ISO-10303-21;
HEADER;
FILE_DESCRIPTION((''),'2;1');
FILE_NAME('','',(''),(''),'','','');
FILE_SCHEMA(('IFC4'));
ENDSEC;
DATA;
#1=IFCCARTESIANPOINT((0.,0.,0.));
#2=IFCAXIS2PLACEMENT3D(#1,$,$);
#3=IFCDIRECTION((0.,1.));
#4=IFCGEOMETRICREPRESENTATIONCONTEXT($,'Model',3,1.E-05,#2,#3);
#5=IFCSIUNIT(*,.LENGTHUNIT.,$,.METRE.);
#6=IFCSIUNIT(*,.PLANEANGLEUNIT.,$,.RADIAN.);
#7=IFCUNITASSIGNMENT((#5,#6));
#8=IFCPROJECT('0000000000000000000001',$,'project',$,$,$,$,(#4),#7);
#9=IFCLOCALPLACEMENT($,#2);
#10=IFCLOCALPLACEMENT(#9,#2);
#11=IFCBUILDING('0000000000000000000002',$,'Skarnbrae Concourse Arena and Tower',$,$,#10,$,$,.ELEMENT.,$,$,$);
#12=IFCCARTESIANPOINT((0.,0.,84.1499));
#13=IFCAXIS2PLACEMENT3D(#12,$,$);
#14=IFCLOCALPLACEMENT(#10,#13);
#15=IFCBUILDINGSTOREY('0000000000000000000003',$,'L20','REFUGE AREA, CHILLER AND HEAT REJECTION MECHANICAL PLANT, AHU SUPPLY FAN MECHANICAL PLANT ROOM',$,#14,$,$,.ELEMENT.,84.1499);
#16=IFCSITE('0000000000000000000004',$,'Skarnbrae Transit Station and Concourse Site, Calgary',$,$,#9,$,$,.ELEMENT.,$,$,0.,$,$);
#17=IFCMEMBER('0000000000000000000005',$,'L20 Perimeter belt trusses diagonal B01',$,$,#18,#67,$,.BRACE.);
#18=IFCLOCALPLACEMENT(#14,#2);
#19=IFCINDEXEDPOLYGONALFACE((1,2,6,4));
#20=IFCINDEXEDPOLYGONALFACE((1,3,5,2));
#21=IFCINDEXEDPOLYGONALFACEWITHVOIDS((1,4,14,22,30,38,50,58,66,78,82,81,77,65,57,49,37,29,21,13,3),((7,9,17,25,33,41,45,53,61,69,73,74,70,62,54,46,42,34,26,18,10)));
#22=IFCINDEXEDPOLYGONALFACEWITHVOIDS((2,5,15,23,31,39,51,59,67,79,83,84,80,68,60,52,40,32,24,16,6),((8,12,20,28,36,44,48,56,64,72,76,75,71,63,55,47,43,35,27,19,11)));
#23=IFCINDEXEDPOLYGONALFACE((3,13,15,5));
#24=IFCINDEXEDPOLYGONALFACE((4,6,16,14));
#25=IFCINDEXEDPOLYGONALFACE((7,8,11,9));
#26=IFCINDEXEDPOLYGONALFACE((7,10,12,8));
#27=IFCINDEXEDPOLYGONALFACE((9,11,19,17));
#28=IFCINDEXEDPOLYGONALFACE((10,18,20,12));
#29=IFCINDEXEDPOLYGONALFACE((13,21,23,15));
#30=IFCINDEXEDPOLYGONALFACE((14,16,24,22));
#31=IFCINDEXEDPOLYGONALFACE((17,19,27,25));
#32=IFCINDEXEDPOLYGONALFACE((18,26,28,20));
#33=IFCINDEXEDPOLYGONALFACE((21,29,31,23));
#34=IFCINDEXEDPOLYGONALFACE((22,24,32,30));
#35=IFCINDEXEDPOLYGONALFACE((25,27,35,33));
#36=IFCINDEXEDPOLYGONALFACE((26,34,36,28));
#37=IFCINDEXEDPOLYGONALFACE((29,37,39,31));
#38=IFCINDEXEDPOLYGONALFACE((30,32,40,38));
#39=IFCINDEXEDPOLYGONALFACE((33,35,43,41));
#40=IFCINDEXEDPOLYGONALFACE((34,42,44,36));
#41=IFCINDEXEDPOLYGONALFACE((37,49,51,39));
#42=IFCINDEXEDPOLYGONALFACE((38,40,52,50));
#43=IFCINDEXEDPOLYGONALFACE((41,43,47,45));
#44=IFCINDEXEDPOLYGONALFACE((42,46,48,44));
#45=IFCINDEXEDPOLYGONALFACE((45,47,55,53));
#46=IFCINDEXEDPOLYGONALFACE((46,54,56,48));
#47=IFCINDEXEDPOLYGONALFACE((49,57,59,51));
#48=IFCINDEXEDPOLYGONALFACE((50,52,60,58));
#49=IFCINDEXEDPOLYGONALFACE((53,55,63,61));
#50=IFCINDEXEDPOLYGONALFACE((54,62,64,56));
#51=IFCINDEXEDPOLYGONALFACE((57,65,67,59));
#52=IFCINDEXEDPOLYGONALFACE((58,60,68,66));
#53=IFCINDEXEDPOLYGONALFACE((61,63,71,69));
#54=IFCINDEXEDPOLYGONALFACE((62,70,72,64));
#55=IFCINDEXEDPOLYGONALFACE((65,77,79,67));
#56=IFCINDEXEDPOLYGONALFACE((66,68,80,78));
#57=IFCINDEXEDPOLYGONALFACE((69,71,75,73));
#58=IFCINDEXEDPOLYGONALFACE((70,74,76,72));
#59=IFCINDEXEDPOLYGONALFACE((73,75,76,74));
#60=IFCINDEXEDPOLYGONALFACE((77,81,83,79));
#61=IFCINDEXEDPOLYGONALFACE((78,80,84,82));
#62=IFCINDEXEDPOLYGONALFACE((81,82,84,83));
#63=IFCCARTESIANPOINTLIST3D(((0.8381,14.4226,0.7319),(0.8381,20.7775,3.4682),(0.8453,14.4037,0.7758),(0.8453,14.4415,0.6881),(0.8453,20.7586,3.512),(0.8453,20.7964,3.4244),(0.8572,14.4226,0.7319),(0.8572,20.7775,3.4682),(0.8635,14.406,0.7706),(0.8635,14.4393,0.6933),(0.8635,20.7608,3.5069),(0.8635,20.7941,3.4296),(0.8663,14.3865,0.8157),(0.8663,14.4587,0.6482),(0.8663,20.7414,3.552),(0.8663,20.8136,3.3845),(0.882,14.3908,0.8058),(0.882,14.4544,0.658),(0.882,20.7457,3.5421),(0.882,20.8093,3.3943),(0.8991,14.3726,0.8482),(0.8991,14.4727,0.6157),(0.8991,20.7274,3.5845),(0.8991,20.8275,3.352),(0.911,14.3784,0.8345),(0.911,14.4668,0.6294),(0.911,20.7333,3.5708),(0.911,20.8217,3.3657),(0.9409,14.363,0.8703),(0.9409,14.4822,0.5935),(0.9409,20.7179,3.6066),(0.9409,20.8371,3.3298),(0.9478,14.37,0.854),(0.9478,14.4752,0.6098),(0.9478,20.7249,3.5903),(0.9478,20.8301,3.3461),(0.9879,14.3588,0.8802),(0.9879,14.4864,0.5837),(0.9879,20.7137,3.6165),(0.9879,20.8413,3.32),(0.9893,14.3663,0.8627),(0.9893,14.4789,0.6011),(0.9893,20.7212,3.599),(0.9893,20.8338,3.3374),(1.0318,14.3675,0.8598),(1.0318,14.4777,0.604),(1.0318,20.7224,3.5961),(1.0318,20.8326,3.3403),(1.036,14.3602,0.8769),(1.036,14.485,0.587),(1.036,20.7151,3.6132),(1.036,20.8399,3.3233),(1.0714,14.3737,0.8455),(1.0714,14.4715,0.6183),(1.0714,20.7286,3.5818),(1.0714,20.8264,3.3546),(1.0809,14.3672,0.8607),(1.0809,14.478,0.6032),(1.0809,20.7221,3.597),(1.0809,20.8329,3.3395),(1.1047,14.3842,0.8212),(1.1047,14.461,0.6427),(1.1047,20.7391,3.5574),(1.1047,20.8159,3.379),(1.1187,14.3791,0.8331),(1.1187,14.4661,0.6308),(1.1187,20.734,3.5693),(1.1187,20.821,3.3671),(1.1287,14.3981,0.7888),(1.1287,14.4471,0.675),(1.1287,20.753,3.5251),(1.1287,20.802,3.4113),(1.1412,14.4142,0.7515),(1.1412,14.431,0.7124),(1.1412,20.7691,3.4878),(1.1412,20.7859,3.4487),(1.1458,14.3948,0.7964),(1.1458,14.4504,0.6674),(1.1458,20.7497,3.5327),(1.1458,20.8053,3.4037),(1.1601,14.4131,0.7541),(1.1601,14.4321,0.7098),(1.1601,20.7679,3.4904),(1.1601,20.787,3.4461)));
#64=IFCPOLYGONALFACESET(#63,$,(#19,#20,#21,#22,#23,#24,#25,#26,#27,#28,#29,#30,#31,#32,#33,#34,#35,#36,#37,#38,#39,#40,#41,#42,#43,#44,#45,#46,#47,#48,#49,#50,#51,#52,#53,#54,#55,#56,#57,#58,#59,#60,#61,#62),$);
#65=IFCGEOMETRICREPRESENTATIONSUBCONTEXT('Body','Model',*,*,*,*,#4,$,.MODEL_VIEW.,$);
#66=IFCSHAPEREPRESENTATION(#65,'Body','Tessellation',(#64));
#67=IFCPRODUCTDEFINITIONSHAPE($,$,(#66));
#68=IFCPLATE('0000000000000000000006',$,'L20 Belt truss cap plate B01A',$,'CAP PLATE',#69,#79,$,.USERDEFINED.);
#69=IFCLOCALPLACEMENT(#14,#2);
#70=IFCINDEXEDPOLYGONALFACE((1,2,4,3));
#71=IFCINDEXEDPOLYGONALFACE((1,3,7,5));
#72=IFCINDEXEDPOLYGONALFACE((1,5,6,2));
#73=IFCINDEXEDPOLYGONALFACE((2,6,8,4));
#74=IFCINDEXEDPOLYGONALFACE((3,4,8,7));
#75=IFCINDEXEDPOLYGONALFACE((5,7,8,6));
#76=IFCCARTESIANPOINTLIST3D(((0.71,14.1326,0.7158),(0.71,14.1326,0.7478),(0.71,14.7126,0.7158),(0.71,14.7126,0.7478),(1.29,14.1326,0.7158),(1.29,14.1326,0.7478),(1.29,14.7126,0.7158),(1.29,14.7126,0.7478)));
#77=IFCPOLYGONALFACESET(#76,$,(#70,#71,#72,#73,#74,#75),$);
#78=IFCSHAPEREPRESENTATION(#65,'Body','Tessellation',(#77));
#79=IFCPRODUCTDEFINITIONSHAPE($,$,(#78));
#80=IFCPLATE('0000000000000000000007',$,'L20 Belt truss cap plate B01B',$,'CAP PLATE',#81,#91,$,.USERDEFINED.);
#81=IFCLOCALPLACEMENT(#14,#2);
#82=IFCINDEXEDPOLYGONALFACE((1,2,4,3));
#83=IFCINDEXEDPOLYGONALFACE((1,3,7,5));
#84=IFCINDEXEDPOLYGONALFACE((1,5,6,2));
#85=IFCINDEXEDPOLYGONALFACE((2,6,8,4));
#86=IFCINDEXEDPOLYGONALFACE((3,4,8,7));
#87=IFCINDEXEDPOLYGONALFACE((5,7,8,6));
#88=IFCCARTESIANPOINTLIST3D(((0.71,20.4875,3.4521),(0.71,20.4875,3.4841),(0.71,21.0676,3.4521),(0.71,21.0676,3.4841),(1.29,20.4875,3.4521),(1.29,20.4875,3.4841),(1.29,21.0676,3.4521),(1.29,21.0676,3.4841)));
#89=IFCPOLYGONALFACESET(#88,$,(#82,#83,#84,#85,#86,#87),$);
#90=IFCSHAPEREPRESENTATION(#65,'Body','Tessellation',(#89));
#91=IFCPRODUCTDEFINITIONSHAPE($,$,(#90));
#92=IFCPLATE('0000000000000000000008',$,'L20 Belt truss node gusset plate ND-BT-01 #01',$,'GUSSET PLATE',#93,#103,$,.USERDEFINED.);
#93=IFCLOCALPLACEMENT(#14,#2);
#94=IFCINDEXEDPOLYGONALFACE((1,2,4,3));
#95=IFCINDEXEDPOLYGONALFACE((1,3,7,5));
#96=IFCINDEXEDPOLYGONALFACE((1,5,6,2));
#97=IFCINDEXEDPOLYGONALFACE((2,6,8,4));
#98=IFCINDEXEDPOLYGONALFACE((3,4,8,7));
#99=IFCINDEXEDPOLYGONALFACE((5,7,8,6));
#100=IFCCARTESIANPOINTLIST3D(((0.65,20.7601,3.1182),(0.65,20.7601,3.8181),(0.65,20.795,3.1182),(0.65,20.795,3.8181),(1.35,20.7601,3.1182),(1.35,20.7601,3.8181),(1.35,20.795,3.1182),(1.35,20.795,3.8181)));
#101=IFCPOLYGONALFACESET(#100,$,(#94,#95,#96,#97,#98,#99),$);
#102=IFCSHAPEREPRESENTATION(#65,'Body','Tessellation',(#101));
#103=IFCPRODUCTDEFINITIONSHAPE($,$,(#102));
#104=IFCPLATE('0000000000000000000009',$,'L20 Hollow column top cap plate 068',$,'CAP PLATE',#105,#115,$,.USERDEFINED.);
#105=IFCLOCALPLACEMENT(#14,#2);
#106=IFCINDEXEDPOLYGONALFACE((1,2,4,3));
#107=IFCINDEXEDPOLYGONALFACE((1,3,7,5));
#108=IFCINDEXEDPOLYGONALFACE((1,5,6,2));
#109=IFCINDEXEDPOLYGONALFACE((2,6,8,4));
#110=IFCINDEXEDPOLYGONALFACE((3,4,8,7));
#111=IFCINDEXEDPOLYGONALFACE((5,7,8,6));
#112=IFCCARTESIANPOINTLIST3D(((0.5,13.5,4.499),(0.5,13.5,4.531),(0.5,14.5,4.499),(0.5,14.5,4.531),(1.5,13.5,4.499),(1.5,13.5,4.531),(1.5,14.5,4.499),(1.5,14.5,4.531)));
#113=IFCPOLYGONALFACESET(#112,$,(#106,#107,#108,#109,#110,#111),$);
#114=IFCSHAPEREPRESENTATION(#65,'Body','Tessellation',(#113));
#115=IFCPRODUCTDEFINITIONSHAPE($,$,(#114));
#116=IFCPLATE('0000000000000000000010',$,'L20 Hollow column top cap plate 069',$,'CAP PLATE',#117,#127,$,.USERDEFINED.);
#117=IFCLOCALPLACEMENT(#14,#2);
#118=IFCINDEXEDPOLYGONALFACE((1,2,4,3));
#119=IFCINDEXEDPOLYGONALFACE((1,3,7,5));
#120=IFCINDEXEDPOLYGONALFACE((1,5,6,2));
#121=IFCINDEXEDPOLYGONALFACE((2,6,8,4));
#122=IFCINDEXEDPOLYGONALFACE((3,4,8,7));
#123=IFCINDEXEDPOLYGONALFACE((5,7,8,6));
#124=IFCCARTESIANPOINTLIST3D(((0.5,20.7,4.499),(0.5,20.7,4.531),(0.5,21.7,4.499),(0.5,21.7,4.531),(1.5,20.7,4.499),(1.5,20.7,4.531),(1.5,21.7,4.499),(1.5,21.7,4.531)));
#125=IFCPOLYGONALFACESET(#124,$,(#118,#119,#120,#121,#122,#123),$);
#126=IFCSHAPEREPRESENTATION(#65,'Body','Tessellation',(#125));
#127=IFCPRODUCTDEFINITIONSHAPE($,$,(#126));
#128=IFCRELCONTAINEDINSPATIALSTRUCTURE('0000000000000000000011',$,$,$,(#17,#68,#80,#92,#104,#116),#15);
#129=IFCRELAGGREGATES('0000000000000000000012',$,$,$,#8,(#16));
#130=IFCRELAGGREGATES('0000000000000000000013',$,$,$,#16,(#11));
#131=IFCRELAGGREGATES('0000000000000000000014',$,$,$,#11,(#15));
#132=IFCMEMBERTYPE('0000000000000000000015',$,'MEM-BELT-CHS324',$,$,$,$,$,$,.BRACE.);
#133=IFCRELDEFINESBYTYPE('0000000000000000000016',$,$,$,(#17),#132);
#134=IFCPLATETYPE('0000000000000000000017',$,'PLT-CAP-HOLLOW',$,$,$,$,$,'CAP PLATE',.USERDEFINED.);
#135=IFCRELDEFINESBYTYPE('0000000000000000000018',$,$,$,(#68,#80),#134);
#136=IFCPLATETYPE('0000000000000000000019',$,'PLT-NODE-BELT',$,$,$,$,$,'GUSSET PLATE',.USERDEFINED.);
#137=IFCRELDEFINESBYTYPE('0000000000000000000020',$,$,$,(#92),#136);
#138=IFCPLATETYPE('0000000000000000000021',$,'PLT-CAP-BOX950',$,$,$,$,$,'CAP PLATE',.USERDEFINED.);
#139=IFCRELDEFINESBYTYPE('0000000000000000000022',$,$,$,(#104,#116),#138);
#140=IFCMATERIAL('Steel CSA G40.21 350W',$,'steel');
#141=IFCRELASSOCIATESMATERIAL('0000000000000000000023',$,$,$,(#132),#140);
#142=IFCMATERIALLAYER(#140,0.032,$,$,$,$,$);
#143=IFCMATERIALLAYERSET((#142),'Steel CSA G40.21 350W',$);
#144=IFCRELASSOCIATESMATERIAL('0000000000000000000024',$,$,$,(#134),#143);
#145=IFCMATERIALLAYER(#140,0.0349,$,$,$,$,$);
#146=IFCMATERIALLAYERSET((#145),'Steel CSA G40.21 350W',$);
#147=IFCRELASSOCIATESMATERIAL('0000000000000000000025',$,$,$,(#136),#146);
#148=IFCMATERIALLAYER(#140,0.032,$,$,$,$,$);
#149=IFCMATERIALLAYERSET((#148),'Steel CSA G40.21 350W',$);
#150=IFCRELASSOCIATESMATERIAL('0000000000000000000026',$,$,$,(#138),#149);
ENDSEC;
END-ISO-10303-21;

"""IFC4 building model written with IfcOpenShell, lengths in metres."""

from ifc_helpers import new_model, si_unit, direction, frame, origin, origin_2d, place, context, subcontext, project, spatial, rectangle, hollow_circle, extrude, source, transform, mapped, material, layer, layer_set, material_profile, profile_set, type_object, element, save


model = new_model("IFC4")

# Units and contexts
model_context = context("Model", 3, precision=1e-05, world=origin(), true_north=direction((0.0, 1.0)))
body_context = subcontext(model_context, "Body", "Model", "MODEL_VIEW")
ifc_project = project(units=[si_unit("LENGTHUNIT", "METRE"), si_unit("PLANEANGLEUNIT", "RADIAN")], contexts=[model_context])

# Site, building, storey
site_placement = place(None, origin())
site = spatial("IfcSite", under=ifc_project, at=site_placement, Name="Skarnbrae Transit Station and Concourse Site, Calgary", CompositionType="ELEMENT", RefElevation=0.0)
building_placement = place(site_placement, origin())
building = spatial("IfcBuilding", under=site, at=building_placement, Name="Skarnbrae Concourse Arena and Tower", CompositionType="ELEMENT")
storey_placement = place(building_placement, frame((0.0, 0.0, 84.1499)))
storey = spatial("IfcBuildingStorey", under=building, at=storey_placement, Name="L20", Description="REFUGE AREA, CHILLER AND HEAT REJECTION MECHANICAL PLANT, AHU SUPPLY FAN MECHANICAL PLANT ROOM", CompositionType="ELEMENT", Elevation=84.1499)

# Shared definitions
ifc_material_1 = material(Name="Steel CSA G40.21 350W", Category="steel")

# Member
ifc_material_profile_1 = material_profile(ifc_material_1, hollow_circle(Radius=0.1619, WallThickness=0.019, at=origin_2d()), Name="HSS324X19.0")
ifc_profile_set_1 = profile_set([ifc_material_profile_1], Name="Steel CSA G40.21 350W")
member_type = type_object("IfcMemberType", Name="MEM-BELT-CHS324", PredefinedType="BRACE", material=ifc_profile_set_1)
shared_shape_1 = source(origin(), body_context, "Body", "SweptSolid", [
    extrude(hollow_circle(Radius=0.1619, WallThickness=0.019, at=origin_2d()), origin(), (0.0, 0.0, 1.0), 6.9189),
])
member_placement = place(storey_placement, frame((1.0, 14.4226, 0.7319), z_axis=(0.0, 0.918476, 0.395477), x_axis=(-1.0, 0.0, 0.0)))
element("IfcMember", 1, at=member_placement, inside=storey, type_object=member_type, Name="L20 Perimeter belt trusses diagonal B01", PredefinedType="BRACE", context=body_context, shape_type="MappedRepresentation", body=[
    mapped(shared_shape_1, transform((0.0, 0.0, 0.0))),
])

# Plates
ifc_layer_1 = layer(ifc_material_1, 0.032)
ifc_layer_set_1 = layer_set([ifc_layer_1], Name="Steel CSA G40.21 350W")
plate_type_1 = type_object("IfcPlateType", Name="PLT-CAP-HOLLOW", ElementType="CAP PLATE", PredefinedType="USERDEFINED", material=ifc_layer_set_1)
shared_shape_2 = source(origin(), body_context, "Body", "SweptSolid", [
    extrude(rectangle(XDim=0.5801, YDim=0.5801, at=origin_2d()), origin(), (0.0, 0.0, 1.0), 0.032),
])
for number, where, z_axis, x_axis, name in (
    (2, (1.0, 14.4226, 0.7158), (0.0, 0.0, 1.0), (1.0, 0.0, 0.0), "L20 Belt truss cap plate B01A"),
    (3, (1.0, 20.7776, 3.4521), (0.0, 0.0, 1.0), (1.0, 0.0, 0.0), "L20 Belt truss cap plate B01B"),
):
    element("IfcPlate", number, at=place(storey_placement, frame(where, z_axis=z_axis, x_axis=x_axis)), inside=storey, type_object=plate_type_1, Name=name, ObjectType="CAP PLATE", PredefinedType="USERDEFINED", context=body_context, shape_type="MappedRepresentation", body=[
        mapped(shared_shape_2, transform((0.0, 0.0, 0.0))),
    ])
ifc_layer_2 = layer(ifc_material_1, 0.0349)
ifc_layer_set_2 = layer_set([ifc_layer_2], Name="Steel CSA G40.21 350W")
plate_type_2 = type_object("IfcPlateType", Name="PLT-NODE-BELT", ElementType="GUSSET PLATE", PredefinedType="USERDEFINED", material=ifc_layer_set_2)
shared_shape_3 = source(origin(), body_context, "Body", "SweptSolid", [
    extrude(rectangle(XDim=0.7, YDim=0.0349, at=origin_2d()), origin(), (0.0, 0.0, 1.0), 0.7),
])
plate_placement = place(storey_placement, frame((1.0, 20.7776, 3.1182), z_axis=(0.0, 0.0, 1.0), x_axis=(1.0, 0.0, 0.0)))
element("IfcPlate", 4, at=plate_placement, inside=storey, type_object=plate_type_2, Name="L20 Belt truss node gusset plate ND-BT-01 #01", ObjectType="GUSSET PLATE", PredefinedType="USERDEFINED", context=body_context, shape_type="MappedRepresentation", body=[
    mapped(shared_shape_3, transform((0.0, 0.0, 0.0))),
])
ifc_layer_3 = layer(ifc_material_1, 0.032)
ifc_layer_set_3 = layer_set([ifc_layer_3], Name="Steel CSA G40.21 350W")
plate_type_3 = type_object("IfcPlateType", Name="PLT-CAP-BOX950", ElementType="CAP PLATE", PredefinedType="USERDEFINED", material=ifc_layer_set_3)
shared_shape_4 = source(origin(), body_context, "Body", "SweptSolid", [
    extrude(rectangle(XDim=1.0, YDim=1.0, at=origin_2d()), origin(), (0.0, 0.0, 1.0), 0.032),
])
for number, where, z_axis, x_axis, name in (
    (5, (1.0, 14.0, 4.499), (0.0, 0.0, 1.0), (1.0, 0.0, 0.0), "L20 Hollow column top cap plate 068"),
    (6, (1.0, 21.2, 4.499), (0.0, 0.0, 1.0), (1.0, 0.0, 0.0), "L20 Hollow column top cap plate 069"),
):
    element("IfcPlate", number, at=place(storey_placement, frame(where, z_axis=z_axis, x_axis=x_axis)), inside=storey, type_object=plate_type_3, Name=name, ObjectType="CAP PLATE", PredefinedType="USERDEFINED", context=body_context, shape_type="MappedRepresentation", body=[
        mapped(shared_shape_4, transform((0.0, 0.0, 0.0))),
    ])

save(model, "model.ifc")
